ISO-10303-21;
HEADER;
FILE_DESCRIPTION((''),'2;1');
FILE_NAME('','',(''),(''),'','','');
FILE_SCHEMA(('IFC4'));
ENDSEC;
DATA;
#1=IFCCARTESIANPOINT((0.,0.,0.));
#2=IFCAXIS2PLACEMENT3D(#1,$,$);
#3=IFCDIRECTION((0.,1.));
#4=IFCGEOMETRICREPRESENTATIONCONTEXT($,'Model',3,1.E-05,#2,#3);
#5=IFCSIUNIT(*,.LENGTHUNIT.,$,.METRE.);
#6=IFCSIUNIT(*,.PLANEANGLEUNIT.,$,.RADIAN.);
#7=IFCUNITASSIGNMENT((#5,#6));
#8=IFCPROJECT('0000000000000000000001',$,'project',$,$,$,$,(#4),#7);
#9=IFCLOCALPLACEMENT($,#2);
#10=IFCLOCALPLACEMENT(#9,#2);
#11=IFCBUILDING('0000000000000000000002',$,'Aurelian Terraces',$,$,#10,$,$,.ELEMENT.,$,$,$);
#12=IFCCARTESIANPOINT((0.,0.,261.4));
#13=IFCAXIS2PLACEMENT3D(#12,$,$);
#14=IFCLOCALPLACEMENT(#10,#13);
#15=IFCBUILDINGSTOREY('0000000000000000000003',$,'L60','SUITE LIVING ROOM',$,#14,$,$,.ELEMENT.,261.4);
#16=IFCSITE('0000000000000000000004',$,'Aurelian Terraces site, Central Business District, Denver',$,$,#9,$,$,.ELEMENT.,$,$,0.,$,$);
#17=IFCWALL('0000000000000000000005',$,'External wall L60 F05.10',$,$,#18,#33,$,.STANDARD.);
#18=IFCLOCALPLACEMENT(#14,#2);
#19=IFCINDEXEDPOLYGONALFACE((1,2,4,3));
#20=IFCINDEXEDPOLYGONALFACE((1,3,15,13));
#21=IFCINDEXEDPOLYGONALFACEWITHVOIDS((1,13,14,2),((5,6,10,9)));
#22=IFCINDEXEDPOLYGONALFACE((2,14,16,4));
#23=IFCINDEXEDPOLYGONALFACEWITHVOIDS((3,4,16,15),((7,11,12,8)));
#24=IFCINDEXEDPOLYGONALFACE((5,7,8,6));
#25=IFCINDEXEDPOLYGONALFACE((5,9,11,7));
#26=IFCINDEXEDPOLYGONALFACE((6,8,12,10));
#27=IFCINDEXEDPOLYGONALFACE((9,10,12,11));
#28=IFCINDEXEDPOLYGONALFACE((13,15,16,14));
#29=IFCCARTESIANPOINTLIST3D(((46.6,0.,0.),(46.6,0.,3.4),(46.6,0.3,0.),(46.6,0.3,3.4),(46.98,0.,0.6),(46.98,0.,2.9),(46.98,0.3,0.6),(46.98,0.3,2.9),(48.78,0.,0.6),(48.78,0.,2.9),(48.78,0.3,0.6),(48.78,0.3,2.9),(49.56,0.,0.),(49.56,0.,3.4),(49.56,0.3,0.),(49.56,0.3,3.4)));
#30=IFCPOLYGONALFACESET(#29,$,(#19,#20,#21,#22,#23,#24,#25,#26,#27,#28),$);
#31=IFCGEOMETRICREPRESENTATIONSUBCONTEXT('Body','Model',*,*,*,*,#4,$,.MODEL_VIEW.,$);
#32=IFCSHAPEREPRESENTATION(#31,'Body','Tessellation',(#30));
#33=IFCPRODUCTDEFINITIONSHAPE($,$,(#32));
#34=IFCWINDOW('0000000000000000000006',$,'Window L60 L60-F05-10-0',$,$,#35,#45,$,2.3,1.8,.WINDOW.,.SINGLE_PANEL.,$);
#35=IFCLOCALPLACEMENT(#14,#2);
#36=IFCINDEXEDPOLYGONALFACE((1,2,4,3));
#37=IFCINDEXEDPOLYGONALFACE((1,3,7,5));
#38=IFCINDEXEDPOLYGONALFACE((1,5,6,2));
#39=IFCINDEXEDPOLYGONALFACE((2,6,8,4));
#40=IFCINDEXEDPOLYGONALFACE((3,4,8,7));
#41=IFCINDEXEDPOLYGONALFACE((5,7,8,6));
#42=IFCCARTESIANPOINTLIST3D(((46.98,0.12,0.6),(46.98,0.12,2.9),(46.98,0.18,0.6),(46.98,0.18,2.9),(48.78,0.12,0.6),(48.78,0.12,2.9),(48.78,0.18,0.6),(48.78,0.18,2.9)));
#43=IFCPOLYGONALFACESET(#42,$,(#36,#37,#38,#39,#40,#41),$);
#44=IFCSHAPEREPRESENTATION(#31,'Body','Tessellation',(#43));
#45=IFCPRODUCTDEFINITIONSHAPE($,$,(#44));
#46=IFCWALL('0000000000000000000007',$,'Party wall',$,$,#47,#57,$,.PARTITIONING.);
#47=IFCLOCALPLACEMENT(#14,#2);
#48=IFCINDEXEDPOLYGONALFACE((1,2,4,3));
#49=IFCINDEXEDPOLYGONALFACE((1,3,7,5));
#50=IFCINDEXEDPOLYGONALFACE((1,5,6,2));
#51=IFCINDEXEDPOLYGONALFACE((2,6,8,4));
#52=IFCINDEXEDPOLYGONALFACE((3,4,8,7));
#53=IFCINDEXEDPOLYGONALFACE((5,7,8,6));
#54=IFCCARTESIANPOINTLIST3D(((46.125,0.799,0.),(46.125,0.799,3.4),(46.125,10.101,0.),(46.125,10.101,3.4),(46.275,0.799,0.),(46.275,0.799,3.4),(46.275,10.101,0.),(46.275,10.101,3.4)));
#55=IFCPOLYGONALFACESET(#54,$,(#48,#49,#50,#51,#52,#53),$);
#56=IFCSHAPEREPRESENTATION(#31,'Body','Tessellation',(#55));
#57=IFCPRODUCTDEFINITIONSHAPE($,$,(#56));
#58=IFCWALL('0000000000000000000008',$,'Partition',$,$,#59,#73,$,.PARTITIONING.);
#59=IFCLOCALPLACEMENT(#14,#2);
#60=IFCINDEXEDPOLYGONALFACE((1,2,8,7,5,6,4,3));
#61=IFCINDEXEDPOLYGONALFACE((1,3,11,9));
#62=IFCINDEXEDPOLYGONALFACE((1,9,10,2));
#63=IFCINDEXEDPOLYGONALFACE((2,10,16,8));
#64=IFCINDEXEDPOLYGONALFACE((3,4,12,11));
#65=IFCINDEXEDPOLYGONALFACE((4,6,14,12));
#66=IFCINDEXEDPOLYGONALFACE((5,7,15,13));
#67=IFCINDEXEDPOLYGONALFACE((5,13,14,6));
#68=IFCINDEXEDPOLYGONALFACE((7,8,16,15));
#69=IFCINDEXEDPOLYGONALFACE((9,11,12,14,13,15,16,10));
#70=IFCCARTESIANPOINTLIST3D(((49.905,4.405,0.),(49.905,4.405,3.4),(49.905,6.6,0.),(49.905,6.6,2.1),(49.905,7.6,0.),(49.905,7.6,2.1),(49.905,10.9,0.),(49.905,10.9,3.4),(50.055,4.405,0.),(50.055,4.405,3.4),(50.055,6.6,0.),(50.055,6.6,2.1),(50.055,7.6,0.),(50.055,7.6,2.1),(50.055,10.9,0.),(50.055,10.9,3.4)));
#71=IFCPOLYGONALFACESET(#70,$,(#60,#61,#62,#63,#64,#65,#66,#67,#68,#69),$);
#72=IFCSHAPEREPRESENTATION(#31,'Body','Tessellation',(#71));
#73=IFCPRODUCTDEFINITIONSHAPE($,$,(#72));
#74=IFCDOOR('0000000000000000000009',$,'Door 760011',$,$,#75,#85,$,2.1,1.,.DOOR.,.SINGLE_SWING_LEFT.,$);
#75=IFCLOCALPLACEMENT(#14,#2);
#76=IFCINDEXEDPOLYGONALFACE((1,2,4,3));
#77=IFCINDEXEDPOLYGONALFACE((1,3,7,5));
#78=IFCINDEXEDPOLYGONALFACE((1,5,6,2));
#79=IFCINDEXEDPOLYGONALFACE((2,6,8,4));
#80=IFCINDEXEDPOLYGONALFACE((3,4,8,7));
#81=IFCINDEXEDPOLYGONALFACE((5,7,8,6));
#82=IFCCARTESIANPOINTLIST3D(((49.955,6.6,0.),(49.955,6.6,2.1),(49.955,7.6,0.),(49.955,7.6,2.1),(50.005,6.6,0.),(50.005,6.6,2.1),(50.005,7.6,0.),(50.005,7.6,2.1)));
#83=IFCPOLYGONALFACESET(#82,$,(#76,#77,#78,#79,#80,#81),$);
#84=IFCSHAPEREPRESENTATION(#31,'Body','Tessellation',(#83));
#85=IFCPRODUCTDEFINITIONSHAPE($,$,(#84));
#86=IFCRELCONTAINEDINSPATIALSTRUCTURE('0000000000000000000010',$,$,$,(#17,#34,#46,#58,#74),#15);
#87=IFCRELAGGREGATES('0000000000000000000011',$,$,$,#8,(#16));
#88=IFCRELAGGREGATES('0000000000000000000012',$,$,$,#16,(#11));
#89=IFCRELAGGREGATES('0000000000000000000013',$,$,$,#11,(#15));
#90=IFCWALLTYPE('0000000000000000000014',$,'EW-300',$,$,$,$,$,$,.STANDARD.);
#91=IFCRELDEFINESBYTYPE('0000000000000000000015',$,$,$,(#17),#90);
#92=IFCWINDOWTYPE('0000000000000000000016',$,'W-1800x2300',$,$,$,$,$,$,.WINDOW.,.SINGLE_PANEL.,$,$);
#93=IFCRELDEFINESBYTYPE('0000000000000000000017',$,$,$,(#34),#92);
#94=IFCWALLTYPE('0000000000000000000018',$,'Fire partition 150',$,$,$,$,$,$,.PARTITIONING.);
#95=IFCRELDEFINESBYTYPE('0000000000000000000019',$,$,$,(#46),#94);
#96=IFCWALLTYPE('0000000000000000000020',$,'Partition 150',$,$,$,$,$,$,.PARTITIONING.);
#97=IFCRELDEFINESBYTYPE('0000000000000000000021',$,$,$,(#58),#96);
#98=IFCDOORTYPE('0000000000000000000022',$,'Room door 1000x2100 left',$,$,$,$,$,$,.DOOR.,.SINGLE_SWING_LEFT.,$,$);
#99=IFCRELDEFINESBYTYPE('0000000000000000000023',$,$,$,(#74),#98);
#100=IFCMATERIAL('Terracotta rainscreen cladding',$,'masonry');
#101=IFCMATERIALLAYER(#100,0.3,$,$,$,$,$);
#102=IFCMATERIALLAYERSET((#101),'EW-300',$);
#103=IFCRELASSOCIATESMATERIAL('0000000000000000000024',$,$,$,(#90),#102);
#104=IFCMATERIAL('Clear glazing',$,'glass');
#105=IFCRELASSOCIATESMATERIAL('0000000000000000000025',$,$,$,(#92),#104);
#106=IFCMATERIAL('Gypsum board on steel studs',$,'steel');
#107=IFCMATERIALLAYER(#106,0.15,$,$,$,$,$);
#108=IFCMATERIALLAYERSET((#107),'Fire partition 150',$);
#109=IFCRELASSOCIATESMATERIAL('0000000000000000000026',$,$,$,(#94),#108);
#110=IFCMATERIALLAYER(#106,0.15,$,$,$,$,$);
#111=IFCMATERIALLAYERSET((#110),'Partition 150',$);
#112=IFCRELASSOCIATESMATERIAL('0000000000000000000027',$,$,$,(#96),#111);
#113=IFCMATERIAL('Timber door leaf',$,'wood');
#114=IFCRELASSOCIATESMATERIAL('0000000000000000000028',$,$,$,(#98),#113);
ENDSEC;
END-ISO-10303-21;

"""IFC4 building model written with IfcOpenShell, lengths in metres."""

from ifc_helpers import new_model, si_unit, direction, frame, frame_2d, origin, place, context, subcontext, project, spatial, rectangle, extrude, source, transform, mapped, material, layer, layer_set, type_object, element, fill, save


model = new_model("IFC4")

# Units and contexts
model_context = context("Model", 3, precision=1e-05, world=origin(), true_north=direction((0.0, 1.0)))
body_context = subcontext(model_context, "Body", "Model", "MODEL_VIEW")
ifc_project = project(units=[si_unit("LENGTHUNIT", "METRE"), si_unit("PLANEANGLEUNIT", "RADIAN")], contexts=[model_context])

# Site, building, storey
site_placement = place(None, origin())
site = spatial("IfcSite", under=ifc_project, at=site_placement, Name="Aurelian Terraces site, Central Business District, Denver", CompositionType="ELEMENT", RefElevation=0.0)
building_placement = place(site_placement, origin())
building = spatial("IfcBuilding", under=site, at=building_placement, Name="Aurelian Terraces", CompositionType="ELEMENT")
storey_placement = place(building_placement, frame((0.0, 0.0, 261.4)))
storey = spatial("IfcBuildingStorey", under=building, at=storey_placement, Name="L60", Description="SUITE LIVING ROOM", CompositionType="ELEMENT", Elevation=261.4)

# Shared definitions
ifc_material_1 = material(Name="Terracotta rainscreen cladding", Category="masonry")
ifc_layer_1 = layer(ifc_material_1, 0.3)
ifc_layer_set_1 = layer_set([ifc_layer_1], Name="EW-300")
wall_type_1 = type_object("IfcWallType", Name="EW-300", PredefinedType="STANDARD", material=ifc_layer_set_1)
ifc_material_2 = material(Name="Clear glazing", Category="glass")

# Shared definitions
shared_shape_1 = source(origin(), body_context, "Body", "SweptSolid", [
    extrude(rectangle(XDim=1.8, YDim=2.3, at=frame_2d((0.9, 1.15))), frame((0.0, 0.16, 0.0), z_axis=(0.0, -1.0, 0.0), x_axis=(1.0, 0.0, 0.0)), (0.0, 0.0, 1.0), 0.32),
])
window_type_1 = type_object("IfcWindowType", Name="W-1800x2300", PartitioningType="SINGLE_PANEL", PredefinedType="WINDOW", material=ifc_material_2)
shared_shape_2 = source(origin(), body_context, "Body", "SweptSolid", [
    extrude(rectangle(XDim=1.8, YDim=2.3, at=frame_2d((0.9, 1.15))), frame((0.0, 0.03, 0.0), z_axis=(0.0, -1.0, 0.0), x_axis=(1.0, 0.0, 0.0)), (0.0, 0.0, 1.0), 0.06),
])

# Wall, opening, window
shared_shape_3 = source(origin(), body_context, "Body", "SweptSolid", [
    extrude(rectangle(XDim=2.96, YDim=0.3, at=frame_2d((1.48, 0.0))), origin(), (0.0, 0.0, 1.0), 3.4),
])
wall_1_placement = place(storey_placement, frame((46.6, 0.15, 0.0), z_axis=(0.0, 0.0, 1.0), x_axis=(1.0, 0.0, 0.0)))
wall_1 = element("IfcWall", 1, at=wall_1_placement, inside=storey, type_object=wall_type_1, Name="External wall L60 F05.10", PredefinedType="STANDARD", context=body_context, shape_type="MappedRepresentation", body=[
    mapped(shared_shape_3, transform((0.0, 0.0, 0.0), scale=1.0)),
])
opening_1_placement = place(wall_1_placement, frame((0.38, 0.0, 0.6)))
opening_1 = element("IfcOpeningElement", 2, at=opening_1_placement, cuts=wall_1, PredefinedType="OPENING", context=body_context, shape_type="MappedRepresentation", body=[
    mapped(shared_shape_1, transform((0.0, 0.0, 0.0), scale=1.0)),
])
window_1_placement = place(opening_1_placement, origin())
window_1 = element("IfcWindow", 3, at=window_1_placement, inside=storey, type_object=window_type_1, Name="Window L60 L60-F05-10-0", OverallHeight=2.3, OverallWidth=1.8, PartitioningType="SINGLE_PANEL", PredefinedType="WINDOW", context=body_context, shape_type="MappedRepresentation", body=[
    mapped(shared_shape_2, transform((0.0, 0.0, 0.0), scale=1.0)),
])
fill(opening_1, window_1)

# Wall
ifc_material_3 = material(Name="Gypsum board on steel studs", Category="steel")
ifc_layer_2 = layer(ifc_material_3, 0.15)
ifc_layer_set_2 = layer_set([ifc_layer_2], Name="Fire partition 150")
wall_type_2 = type_object("IfcWallType", Name="Fire partition 150", PredefinedType="PARTITIONING", material=ifc_layer_set_2)
shared_shape_4 = source(origin(), body_context, "Body", "SweptSolid", [
    extrude(rectangle(XDim=9.302, YDim=0.15, at=frame_2d((4.651, 0.0))), origin(), (0.0, 0.0, 1.0), 3.4),
])
wall_2_placement = place(storey_placement, frame((46.2, 0.799, 0.0), z_axis=(0.0, 0.0, 1.0), x_axis=(0.0, 1.0, 0.0)))
element("IfcWall", 4, at=wall_2_placement, inside=storey, type_object=wall_type_2, Name="Party wall", PredefinedType="PARTITIONING", context=body_context, shape_type="MappedRepresentation", body=[
    mapped(shared_shape_4, transform((0.0, 0.0, 0.0), scale=1.0)),
])

# Wall, opening, door
ifc_layer_3 = layer(ifc_material_3, 0.15)
ifc_layer_set_3 = layer_set([ifc_layer_3], Name="Partition 150")
wall_type_3 = type_object("IfcWallType", Name="Partition 150", PredefinedType="PARTITIONING", material=ifc_layer_set_3)
shared_shape_5 = source(origin(), body_context, "Body", "SweptSolid", [
    extrude(rectangle(XDim=6.495, YDim=0.15, at=frame_2d((3.2475, 0.0))), origin(), (0.0, 0.0, 1.0), 3.4),
])
wall_3_placement = place(storey_placement, frame((49.98, 4.405, 0.0), z_axis=(0.0, 0.0, 1.0), x_axis=(0.0, 1.0, 0.0)))
wall_3 = element("IfcWall", 5, at=wall_3_placement, inside=storey, type_object=wall_type_3, Name="Partition", PredefinedType="PARTITIONING", context=body_context, shape_type="MappedRepresentation", body=[
    mapped(shared_shape_5, transform((0.0, 0.0, 0.0), scale=1.0)),
])
shared_shape_6 = source(origin(), body_context, "Body", "SweptSolid", [
    extrude(rectangle(XDim=1.0, YDim=2.1, at=frame_2d((0.5, 1.05))), frame((0.0, 0.085, 0.0), z_axis=(0.0, -1.0, 0.0), x_axis=(1.0, 0.0, 0.0)), (0.0, 0.0, 1.0), 0.17),
])
opening_2_placement = place(wall_3_placement, frame((2.195, 0.0, 0.0)))
opening_2 = element("IfcOpeningElement", 6, at=opening_2_placement, cuts=wall_3, PredefinedType="OPENING", context=body_context, shape_type="MappedRepresentation", body=[
    mapped(shared_shape_6, transform((0.0, 0.0, 0.0), scale=1.0)),
])
ifc_material_4 = material(Name="Timber door leaf", Category="wood")
door_type = type_object("IfcDoorType", Name="Room door 1000x2100 left", OperationType="SINGLE_SWING_LEFT", PredefinedType="DOOR", material=ifc_material_4)
shared_shape_7 = source(origin(), body_context, "Body", "SweptSolid", [
    extrude(rectangle(XDim=1.0, YDim=2.1, at=frame_2d((0.5, 1.05))), frame((0.0, 0.025, 0.0), z_axis=(0.0, -1.0, 0.0), x_axis=(1.0, 0.0, 0.0)), (0.0, 0.0, 1.0), 0.05),
])
door_placement = place(opening_2_placement, origin())
door = element("IfcDoor", 7, at=door_placement, inside=storey, type_object=door_type, Name="Door 760011", OperationType="SINGLE_SWING_LEFT", OverallHeight=2.1, OverallWidth=1.0, PredefinedType="DOOR", context=body_context, shape_type="MappedRepresentation", body=[
    mapped(shared_shape_7, transform((0.0, 0.0, 0.0), scale=1.0)),
])
fill(opening_2, door)

save(model, "model.ifc")
